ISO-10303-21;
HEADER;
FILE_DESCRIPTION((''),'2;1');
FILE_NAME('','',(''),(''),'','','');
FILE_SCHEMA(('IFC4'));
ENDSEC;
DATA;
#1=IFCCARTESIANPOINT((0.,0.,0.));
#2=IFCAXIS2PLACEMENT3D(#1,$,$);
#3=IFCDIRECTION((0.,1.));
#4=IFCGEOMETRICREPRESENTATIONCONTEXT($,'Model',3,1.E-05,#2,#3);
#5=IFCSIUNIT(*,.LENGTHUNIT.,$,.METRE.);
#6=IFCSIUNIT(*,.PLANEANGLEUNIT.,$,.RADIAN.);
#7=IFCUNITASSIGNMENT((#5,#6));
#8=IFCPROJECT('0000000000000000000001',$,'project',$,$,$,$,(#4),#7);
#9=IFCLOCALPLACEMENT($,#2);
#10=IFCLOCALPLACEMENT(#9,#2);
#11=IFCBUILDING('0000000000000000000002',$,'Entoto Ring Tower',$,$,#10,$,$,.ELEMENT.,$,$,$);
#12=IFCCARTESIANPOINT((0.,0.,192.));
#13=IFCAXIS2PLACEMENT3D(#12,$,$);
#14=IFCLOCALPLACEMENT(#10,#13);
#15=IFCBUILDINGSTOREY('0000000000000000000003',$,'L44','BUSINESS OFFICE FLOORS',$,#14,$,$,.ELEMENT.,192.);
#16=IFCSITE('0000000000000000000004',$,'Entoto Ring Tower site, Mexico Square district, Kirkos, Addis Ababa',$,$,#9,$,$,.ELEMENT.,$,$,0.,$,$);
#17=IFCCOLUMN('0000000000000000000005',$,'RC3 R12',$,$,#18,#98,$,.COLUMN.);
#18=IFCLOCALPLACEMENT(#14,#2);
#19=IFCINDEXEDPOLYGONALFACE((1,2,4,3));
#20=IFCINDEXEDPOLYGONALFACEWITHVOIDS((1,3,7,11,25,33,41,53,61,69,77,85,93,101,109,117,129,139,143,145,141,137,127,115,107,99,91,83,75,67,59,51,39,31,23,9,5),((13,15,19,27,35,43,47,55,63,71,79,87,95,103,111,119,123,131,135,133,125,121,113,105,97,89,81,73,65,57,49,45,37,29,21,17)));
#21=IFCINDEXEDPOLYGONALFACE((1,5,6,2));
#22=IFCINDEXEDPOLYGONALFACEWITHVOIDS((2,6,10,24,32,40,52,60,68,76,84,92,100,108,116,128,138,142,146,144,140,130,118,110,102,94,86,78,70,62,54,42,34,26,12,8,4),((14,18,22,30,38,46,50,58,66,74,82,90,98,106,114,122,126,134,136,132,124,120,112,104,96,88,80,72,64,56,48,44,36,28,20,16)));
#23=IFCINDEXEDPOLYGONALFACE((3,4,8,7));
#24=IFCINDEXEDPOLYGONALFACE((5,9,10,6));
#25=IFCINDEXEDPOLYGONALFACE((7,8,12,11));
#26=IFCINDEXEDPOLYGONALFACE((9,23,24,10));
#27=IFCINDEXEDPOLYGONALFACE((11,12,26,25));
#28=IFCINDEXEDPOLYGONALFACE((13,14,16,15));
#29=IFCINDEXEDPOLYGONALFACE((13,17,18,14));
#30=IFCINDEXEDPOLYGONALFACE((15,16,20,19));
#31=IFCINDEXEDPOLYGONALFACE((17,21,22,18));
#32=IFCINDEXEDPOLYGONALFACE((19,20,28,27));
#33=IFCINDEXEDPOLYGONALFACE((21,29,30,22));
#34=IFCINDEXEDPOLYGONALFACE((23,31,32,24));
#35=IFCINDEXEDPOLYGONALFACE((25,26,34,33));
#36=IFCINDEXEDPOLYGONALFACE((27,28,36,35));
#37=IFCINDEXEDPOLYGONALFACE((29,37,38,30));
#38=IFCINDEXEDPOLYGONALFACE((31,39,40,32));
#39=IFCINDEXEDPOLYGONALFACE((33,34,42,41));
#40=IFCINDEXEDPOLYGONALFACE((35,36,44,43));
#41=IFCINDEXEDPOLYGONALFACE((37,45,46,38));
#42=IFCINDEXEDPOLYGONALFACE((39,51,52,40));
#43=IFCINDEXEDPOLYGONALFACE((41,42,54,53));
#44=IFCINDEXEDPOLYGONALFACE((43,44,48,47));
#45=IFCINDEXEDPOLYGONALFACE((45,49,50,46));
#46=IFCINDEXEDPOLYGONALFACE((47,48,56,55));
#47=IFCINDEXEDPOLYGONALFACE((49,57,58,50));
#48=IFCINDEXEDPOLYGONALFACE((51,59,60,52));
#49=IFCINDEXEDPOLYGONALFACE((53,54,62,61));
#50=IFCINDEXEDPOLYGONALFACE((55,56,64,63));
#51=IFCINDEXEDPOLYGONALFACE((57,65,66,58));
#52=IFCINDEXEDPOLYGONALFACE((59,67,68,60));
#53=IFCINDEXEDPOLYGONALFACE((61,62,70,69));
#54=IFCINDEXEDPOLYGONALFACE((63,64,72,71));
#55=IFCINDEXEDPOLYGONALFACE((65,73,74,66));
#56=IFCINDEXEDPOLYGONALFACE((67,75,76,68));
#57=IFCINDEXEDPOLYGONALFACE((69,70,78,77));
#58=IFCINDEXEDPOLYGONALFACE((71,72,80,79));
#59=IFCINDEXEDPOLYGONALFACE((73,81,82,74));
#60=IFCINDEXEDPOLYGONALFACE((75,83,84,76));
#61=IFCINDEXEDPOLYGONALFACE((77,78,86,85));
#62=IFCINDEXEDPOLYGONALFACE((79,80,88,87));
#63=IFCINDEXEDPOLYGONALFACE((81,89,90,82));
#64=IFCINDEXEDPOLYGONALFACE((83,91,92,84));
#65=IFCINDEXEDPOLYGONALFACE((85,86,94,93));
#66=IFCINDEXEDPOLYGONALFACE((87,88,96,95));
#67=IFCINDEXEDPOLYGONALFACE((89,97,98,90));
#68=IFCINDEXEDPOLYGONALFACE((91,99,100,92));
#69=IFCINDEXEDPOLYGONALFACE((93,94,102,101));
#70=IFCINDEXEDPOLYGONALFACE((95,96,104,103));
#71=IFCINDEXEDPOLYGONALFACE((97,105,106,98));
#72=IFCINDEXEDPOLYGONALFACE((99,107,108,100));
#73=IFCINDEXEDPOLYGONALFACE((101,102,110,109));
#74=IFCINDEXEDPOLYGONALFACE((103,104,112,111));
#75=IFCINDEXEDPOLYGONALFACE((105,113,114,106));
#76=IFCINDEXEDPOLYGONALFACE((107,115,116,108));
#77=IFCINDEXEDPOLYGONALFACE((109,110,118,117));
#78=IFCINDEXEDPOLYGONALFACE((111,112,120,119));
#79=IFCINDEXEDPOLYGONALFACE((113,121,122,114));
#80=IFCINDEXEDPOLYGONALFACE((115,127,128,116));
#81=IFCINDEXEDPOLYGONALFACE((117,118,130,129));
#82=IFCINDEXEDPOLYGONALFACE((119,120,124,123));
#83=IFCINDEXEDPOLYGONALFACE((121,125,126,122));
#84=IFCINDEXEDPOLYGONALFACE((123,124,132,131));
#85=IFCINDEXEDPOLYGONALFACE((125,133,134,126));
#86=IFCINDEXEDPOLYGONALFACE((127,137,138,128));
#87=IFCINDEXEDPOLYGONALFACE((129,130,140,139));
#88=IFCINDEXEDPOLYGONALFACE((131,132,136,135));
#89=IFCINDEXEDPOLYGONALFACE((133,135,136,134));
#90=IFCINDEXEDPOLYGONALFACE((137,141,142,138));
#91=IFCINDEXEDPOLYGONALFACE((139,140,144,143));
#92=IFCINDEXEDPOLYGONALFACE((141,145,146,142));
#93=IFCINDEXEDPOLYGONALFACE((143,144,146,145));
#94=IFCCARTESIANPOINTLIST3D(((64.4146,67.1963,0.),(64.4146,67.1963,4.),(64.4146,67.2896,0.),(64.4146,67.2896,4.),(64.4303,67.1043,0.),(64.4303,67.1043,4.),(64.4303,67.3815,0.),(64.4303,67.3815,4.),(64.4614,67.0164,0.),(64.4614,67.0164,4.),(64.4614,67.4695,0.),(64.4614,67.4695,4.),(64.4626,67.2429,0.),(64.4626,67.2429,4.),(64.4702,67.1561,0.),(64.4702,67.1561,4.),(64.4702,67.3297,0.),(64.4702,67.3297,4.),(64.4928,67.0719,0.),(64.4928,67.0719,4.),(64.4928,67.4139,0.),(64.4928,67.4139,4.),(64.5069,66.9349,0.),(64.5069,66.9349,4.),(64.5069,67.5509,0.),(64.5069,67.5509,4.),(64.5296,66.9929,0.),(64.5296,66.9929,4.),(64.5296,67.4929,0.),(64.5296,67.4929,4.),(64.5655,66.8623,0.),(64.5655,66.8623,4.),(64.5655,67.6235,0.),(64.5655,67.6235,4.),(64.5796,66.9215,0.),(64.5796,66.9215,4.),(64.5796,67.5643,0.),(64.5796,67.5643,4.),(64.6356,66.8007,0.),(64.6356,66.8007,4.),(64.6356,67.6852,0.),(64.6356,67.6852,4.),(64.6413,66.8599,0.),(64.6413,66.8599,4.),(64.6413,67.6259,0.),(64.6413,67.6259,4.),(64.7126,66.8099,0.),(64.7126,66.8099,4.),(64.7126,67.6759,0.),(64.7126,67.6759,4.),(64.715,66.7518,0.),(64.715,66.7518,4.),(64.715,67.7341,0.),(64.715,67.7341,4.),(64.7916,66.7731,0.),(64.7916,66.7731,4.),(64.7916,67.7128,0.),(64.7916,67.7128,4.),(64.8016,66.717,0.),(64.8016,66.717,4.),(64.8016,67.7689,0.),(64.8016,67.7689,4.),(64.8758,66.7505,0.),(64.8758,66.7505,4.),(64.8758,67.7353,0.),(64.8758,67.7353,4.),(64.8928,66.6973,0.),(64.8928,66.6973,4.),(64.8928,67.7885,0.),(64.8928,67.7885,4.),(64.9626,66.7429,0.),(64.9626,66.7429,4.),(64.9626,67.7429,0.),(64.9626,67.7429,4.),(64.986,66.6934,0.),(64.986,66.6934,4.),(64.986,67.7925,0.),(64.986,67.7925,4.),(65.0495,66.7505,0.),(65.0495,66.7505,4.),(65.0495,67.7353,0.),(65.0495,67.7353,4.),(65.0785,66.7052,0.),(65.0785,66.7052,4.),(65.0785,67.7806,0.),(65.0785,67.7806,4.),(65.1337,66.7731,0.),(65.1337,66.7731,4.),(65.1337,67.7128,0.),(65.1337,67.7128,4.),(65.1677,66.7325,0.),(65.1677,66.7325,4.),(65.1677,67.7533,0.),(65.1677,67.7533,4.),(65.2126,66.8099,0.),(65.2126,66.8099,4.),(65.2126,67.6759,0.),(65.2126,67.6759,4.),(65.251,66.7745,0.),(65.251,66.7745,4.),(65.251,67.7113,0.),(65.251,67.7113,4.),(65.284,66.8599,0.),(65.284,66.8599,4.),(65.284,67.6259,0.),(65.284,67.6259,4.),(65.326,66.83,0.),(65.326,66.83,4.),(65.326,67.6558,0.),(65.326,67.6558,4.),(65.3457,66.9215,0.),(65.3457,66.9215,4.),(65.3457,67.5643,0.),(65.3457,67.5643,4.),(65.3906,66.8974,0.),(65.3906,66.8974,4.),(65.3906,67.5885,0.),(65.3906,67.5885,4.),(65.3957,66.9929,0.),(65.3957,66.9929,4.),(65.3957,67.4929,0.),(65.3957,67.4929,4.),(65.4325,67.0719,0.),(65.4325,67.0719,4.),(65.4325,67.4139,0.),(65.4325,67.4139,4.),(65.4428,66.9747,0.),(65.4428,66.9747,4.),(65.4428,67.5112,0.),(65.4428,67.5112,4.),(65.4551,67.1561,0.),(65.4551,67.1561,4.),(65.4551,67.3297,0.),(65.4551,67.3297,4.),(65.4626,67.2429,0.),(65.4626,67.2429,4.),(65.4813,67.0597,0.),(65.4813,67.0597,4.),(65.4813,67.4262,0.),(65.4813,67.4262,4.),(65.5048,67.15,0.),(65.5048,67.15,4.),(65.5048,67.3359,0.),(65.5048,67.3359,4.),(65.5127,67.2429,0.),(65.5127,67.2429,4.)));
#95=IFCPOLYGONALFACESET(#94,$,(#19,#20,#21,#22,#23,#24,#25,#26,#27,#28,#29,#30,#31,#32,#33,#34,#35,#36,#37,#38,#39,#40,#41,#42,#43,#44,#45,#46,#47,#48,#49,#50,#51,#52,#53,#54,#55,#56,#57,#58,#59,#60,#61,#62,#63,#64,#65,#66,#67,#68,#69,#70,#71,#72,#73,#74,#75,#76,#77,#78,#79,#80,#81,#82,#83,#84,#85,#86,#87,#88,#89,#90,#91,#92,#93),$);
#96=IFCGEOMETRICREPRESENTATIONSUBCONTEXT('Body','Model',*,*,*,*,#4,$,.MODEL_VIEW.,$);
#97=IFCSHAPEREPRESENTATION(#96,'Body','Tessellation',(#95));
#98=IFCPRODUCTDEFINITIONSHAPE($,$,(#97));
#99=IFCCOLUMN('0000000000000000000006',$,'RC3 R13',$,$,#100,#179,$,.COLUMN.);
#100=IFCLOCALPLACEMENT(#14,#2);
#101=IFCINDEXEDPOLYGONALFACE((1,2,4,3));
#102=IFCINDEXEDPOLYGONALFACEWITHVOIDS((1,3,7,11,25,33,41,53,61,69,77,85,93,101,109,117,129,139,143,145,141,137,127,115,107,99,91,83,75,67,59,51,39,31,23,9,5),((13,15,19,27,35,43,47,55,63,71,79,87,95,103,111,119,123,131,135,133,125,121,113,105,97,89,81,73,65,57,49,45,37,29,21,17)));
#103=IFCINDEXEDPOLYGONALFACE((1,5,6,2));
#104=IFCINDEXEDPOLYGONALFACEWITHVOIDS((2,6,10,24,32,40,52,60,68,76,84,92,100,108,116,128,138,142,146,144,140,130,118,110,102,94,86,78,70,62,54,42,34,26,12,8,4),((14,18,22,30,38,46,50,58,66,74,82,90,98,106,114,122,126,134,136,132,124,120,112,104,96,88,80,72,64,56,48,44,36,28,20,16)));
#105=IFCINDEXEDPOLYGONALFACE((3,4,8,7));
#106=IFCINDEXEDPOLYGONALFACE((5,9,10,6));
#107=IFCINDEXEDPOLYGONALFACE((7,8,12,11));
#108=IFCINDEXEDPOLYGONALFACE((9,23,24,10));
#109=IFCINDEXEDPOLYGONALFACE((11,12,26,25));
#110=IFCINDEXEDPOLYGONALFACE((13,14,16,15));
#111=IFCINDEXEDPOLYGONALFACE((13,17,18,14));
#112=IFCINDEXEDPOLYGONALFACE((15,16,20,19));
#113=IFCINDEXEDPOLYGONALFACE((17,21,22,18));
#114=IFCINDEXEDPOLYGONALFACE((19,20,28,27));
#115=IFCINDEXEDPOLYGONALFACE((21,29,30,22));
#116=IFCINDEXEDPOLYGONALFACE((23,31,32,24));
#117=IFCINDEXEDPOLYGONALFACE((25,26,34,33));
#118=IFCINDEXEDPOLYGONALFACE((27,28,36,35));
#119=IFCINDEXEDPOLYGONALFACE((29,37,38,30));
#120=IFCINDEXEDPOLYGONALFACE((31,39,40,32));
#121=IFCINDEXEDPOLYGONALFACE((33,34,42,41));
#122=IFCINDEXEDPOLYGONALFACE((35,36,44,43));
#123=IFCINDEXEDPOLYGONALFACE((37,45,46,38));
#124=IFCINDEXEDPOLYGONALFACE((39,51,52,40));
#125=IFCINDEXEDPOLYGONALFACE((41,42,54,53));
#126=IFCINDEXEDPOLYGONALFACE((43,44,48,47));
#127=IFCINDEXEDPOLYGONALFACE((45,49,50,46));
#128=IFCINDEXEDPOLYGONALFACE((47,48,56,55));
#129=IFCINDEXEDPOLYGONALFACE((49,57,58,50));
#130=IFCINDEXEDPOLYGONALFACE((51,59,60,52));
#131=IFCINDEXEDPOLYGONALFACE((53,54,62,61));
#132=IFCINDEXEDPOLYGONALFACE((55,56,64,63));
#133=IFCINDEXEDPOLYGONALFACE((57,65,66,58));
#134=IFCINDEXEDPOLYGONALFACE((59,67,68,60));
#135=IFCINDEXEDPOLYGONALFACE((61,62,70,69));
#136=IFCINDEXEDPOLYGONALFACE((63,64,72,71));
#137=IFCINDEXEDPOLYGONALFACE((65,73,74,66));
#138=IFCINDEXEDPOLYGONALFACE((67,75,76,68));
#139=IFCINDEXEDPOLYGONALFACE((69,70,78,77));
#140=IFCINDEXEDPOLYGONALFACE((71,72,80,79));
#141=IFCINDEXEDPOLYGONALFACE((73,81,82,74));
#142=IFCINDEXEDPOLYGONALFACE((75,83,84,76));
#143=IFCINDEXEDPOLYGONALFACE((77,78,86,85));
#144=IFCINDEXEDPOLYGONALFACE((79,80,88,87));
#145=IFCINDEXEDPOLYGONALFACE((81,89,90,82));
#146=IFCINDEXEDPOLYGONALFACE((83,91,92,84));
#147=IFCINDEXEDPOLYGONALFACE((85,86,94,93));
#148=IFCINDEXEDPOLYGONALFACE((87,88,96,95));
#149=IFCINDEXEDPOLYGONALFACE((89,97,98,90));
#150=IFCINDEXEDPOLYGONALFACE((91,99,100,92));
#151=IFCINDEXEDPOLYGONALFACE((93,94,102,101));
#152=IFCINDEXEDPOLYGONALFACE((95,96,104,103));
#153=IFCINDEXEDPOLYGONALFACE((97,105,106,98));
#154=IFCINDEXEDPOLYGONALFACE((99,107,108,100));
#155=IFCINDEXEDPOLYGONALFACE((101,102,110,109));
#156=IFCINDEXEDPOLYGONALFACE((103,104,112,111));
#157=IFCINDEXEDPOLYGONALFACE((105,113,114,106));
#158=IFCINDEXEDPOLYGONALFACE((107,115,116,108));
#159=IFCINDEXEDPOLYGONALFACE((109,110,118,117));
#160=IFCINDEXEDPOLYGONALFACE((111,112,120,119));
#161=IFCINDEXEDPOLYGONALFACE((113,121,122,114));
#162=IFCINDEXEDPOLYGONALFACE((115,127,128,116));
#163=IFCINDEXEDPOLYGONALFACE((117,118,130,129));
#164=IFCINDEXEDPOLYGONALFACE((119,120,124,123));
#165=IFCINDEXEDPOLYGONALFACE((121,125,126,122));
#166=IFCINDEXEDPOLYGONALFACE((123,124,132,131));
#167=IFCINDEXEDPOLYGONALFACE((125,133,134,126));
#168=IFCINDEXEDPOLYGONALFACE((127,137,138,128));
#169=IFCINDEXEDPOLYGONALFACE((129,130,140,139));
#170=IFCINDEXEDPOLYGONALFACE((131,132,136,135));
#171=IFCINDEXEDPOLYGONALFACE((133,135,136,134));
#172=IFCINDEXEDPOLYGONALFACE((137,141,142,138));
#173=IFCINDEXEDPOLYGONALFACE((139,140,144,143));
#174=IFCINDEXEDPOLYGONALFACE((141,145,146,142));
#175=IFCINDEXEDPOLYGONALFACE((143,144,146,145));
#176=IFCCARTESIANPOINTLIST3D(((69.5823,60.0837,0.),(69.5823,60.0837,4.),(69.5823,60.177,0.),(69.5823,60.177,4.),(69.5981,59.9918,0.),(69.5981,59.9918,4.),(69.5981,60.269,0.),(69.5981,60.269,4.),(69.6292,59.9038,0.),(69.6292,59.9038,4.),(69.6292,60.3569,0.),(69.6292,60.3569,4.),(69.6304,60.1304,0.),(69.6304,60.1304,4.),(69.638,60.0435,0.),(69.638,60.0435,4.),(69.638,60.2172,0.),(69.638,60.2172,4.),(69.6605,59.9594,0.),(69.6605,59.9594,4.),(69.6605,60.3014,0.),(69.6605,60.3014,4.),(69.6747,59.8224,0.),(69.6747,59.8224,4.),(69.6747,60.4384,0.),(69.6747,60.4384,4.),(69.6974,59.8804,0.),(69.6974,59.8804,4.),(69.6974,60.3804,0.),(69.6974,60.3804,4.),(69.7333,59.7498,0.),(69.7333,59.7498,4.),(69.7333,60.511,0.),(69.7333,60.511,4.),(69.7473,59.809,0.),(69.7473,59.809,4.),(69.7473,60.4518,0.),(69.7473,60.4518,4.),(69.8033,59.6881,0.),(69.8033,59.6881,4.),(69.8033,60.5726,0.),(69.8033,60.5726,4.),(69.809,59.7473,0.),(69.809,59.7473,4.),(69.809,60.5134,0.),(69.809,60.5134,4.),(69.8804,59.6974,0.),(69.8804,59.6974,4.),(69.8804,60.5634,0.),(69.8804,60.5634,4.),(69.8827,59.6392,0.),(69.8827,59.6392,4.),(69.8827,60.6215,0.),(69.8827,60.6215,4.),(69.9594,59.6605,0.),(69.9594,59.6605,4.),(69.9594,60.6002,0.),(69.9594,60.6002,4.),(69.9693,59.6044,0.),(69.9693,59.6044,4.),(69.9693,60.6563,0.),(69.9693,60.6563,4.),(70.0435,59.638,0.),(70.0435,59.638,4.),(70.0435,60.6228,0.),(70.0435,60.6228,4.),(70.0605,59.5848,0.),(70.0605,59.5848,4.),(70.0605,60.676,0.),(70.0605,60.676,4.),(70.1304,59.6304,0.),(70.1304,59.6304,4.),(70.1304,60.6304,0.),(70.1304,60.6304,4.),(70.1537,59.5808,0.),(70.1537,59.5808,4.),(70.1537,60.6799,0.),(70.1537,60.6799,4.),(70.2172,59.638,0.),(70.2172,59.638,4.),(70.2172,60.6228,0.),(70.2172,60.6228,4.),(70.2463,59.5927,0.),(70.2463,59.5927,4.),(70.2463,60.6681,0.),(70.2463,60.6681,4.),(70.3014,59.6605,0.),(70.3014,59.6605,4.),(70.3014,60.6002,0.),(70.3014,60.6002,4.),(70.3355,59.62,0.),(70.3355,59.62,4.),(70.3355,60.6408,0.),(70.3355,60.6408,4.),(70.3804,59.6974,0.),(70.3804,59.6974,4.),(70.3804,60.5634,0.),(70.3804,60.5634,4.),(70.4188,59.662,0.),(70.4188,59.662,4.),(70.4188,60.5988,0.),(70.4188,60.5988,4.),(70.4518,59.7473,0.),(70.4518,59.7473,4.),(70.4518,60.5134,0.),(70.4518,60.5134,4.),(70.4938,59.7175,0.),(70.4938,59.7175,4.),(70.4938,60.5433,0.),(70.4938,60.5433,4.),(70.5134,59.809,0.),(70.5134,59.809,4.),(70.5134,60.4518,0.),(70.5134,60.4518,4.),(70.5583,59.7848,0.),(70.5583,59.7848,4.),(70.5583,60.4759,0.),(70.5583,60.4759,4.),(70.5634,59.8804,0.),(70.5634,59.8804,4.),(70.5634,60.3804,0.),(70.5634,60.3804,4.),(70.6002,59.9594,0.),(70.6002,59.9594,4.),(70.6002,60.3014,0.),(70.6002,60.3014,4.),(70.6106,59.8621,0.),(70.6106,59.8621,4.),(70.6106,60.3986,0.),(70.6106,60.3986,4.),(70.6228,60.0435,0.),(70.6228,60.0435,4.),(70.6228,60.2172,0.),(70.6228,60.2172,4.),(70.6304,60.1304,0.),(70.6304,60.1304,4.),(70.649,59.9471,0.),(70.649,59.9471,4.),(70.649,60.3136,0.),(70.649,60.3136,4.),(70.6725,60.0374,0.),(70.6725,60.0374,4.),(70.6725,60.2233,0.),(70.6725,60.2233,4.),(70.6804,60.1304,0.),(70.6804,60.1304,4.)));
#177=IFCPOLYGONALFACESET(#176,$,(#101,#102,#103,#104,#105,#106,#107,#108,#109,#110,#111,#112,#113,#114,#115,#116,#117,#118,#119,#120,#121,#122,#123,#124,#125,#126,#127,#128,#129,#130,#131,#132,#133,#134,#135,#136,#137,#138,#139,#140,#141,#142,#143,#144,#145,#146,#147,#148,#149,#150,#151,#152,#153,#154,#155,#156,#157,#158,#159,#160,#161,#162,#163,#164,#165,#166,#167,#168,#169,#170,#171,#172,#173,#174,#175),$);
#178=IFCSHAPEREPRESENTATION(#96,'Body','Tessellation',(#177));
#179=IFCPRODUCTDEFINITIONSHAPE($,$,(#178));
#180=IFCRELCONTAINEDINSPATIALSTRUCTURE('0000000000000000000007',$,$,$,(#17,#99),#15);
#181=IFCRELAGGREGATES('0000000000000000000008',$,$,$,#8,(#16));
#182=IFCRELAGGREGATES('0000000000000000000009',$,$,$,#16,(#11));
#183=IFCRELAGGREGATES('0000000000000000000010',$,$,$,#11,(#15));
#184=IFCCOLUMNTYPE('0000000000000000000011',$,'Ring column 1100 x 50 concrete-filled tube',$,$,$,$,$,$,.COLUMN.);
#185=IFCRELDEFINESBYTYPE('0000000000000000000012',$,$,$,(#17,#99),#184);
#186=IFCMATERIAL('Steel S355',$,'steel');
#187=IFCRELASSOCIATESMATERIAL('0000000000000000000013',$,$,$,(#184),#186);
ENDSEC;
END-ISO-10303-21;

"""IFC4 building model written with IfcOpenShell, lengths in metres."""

from ifc_helpers import new_model, si_unit, direction, frame, origin, origin_2d, place, context, subcontext, project, spatial, circle, hollow_circle, extrude, material, material_profile, profile_set, type_object, element, save


model = new_model("IFC4")

# Units and contexts
model_context = context("Model", 3, precision=1e-05, world=origin(), true_north=direction((0.0, 1.0)))
body_context = subcontext(model_context, "Body", "Model", "MODEL_VIEW")
ifc_project = project(units=[si_unit("LENGTHUNIT", "METRE"), si_unit("PLANEANGLEUNIT", "RADIAN")], contexts=[model_context])

# Site, building, storey
site_placement = place(None, origin())
site = spatial("IfcSite", under=ifc_project, at=site_placement, Name="Entoto Ring Tower site, Mexico Square district, Kirkos, Addis Ababa", CompositionType="ELEMENT", RefElevation=0.0)
building_placement = place(site_placement, origin())
building = spatial("IfcBuilding", under=site, at=building_placement, Name="Entoto Ring Tower", CompositionType="ELEMENT")
storey_placement = place(building_placement, frame((0.0, 0.0, 192.0)))
storey = spatial("IfcBuildingStorey", under=building, at=storey_placement, Name="L44", Description="BUSINESS OFFICE FLOORS", CompositionType="ELEMENT", Elevation=192.0)

# Columns
ifc_material_1 = material(Name="Steel S355", Category="steel")
ifc_material_profile_1 = material_profile(ifc_material_1, hollow_circle(Radius=0.55, WallThickness=0.05, at=origin_2d()), Name="CHS 1100 x 50")
ifc_material_2 = material(Name="Concrete C60/75", Category="concrete")
ifc_material_profile_2 = material_profile(ifc_material_2, circle(Radius=0.5, at=origin_2d()), Name="Concrete C60/75 infill")
ifc_profile_set_1 = profile_set([ifc_material_profile_1, ifc_material_profile_2], Name="Steel S355")
column_type = type_object("IfcColumnType", Name="Ring column 1100 x 50 concrete-filled tube", PredefinedType="COLUMN", material=ifc_profile_set_1)
for number, where, z_axis, x_axis, name in (
    (1, (64.9626, 67.2429, 0.0), (0.0, 0.0, 1.0), (1.0, 0.0, 0.0), "RC3 R12"),
    (2, (70.1304, 60.1304, 0.0), (0.0, 0.0, 1.0), (1.0, 0.0, 0.0), "RC3 R13"),
):
    element("IfcColumn", number, at=place(storey_placement, frame(where, z_axis=z_axis, x_axis=x_axis)), inside=storey, type_object=column_type, Name=name, PredefinedType="COLUMN", context=body_context, shape_type="SweptSolid", body=[
        extrude(hollow_circle(Radius=0.55, WallThickness=0.05, at=origin_2d()), origin(), (0.0, 0.0, 1.0), 4.0),
    ])

save(model, "model.ifc")
